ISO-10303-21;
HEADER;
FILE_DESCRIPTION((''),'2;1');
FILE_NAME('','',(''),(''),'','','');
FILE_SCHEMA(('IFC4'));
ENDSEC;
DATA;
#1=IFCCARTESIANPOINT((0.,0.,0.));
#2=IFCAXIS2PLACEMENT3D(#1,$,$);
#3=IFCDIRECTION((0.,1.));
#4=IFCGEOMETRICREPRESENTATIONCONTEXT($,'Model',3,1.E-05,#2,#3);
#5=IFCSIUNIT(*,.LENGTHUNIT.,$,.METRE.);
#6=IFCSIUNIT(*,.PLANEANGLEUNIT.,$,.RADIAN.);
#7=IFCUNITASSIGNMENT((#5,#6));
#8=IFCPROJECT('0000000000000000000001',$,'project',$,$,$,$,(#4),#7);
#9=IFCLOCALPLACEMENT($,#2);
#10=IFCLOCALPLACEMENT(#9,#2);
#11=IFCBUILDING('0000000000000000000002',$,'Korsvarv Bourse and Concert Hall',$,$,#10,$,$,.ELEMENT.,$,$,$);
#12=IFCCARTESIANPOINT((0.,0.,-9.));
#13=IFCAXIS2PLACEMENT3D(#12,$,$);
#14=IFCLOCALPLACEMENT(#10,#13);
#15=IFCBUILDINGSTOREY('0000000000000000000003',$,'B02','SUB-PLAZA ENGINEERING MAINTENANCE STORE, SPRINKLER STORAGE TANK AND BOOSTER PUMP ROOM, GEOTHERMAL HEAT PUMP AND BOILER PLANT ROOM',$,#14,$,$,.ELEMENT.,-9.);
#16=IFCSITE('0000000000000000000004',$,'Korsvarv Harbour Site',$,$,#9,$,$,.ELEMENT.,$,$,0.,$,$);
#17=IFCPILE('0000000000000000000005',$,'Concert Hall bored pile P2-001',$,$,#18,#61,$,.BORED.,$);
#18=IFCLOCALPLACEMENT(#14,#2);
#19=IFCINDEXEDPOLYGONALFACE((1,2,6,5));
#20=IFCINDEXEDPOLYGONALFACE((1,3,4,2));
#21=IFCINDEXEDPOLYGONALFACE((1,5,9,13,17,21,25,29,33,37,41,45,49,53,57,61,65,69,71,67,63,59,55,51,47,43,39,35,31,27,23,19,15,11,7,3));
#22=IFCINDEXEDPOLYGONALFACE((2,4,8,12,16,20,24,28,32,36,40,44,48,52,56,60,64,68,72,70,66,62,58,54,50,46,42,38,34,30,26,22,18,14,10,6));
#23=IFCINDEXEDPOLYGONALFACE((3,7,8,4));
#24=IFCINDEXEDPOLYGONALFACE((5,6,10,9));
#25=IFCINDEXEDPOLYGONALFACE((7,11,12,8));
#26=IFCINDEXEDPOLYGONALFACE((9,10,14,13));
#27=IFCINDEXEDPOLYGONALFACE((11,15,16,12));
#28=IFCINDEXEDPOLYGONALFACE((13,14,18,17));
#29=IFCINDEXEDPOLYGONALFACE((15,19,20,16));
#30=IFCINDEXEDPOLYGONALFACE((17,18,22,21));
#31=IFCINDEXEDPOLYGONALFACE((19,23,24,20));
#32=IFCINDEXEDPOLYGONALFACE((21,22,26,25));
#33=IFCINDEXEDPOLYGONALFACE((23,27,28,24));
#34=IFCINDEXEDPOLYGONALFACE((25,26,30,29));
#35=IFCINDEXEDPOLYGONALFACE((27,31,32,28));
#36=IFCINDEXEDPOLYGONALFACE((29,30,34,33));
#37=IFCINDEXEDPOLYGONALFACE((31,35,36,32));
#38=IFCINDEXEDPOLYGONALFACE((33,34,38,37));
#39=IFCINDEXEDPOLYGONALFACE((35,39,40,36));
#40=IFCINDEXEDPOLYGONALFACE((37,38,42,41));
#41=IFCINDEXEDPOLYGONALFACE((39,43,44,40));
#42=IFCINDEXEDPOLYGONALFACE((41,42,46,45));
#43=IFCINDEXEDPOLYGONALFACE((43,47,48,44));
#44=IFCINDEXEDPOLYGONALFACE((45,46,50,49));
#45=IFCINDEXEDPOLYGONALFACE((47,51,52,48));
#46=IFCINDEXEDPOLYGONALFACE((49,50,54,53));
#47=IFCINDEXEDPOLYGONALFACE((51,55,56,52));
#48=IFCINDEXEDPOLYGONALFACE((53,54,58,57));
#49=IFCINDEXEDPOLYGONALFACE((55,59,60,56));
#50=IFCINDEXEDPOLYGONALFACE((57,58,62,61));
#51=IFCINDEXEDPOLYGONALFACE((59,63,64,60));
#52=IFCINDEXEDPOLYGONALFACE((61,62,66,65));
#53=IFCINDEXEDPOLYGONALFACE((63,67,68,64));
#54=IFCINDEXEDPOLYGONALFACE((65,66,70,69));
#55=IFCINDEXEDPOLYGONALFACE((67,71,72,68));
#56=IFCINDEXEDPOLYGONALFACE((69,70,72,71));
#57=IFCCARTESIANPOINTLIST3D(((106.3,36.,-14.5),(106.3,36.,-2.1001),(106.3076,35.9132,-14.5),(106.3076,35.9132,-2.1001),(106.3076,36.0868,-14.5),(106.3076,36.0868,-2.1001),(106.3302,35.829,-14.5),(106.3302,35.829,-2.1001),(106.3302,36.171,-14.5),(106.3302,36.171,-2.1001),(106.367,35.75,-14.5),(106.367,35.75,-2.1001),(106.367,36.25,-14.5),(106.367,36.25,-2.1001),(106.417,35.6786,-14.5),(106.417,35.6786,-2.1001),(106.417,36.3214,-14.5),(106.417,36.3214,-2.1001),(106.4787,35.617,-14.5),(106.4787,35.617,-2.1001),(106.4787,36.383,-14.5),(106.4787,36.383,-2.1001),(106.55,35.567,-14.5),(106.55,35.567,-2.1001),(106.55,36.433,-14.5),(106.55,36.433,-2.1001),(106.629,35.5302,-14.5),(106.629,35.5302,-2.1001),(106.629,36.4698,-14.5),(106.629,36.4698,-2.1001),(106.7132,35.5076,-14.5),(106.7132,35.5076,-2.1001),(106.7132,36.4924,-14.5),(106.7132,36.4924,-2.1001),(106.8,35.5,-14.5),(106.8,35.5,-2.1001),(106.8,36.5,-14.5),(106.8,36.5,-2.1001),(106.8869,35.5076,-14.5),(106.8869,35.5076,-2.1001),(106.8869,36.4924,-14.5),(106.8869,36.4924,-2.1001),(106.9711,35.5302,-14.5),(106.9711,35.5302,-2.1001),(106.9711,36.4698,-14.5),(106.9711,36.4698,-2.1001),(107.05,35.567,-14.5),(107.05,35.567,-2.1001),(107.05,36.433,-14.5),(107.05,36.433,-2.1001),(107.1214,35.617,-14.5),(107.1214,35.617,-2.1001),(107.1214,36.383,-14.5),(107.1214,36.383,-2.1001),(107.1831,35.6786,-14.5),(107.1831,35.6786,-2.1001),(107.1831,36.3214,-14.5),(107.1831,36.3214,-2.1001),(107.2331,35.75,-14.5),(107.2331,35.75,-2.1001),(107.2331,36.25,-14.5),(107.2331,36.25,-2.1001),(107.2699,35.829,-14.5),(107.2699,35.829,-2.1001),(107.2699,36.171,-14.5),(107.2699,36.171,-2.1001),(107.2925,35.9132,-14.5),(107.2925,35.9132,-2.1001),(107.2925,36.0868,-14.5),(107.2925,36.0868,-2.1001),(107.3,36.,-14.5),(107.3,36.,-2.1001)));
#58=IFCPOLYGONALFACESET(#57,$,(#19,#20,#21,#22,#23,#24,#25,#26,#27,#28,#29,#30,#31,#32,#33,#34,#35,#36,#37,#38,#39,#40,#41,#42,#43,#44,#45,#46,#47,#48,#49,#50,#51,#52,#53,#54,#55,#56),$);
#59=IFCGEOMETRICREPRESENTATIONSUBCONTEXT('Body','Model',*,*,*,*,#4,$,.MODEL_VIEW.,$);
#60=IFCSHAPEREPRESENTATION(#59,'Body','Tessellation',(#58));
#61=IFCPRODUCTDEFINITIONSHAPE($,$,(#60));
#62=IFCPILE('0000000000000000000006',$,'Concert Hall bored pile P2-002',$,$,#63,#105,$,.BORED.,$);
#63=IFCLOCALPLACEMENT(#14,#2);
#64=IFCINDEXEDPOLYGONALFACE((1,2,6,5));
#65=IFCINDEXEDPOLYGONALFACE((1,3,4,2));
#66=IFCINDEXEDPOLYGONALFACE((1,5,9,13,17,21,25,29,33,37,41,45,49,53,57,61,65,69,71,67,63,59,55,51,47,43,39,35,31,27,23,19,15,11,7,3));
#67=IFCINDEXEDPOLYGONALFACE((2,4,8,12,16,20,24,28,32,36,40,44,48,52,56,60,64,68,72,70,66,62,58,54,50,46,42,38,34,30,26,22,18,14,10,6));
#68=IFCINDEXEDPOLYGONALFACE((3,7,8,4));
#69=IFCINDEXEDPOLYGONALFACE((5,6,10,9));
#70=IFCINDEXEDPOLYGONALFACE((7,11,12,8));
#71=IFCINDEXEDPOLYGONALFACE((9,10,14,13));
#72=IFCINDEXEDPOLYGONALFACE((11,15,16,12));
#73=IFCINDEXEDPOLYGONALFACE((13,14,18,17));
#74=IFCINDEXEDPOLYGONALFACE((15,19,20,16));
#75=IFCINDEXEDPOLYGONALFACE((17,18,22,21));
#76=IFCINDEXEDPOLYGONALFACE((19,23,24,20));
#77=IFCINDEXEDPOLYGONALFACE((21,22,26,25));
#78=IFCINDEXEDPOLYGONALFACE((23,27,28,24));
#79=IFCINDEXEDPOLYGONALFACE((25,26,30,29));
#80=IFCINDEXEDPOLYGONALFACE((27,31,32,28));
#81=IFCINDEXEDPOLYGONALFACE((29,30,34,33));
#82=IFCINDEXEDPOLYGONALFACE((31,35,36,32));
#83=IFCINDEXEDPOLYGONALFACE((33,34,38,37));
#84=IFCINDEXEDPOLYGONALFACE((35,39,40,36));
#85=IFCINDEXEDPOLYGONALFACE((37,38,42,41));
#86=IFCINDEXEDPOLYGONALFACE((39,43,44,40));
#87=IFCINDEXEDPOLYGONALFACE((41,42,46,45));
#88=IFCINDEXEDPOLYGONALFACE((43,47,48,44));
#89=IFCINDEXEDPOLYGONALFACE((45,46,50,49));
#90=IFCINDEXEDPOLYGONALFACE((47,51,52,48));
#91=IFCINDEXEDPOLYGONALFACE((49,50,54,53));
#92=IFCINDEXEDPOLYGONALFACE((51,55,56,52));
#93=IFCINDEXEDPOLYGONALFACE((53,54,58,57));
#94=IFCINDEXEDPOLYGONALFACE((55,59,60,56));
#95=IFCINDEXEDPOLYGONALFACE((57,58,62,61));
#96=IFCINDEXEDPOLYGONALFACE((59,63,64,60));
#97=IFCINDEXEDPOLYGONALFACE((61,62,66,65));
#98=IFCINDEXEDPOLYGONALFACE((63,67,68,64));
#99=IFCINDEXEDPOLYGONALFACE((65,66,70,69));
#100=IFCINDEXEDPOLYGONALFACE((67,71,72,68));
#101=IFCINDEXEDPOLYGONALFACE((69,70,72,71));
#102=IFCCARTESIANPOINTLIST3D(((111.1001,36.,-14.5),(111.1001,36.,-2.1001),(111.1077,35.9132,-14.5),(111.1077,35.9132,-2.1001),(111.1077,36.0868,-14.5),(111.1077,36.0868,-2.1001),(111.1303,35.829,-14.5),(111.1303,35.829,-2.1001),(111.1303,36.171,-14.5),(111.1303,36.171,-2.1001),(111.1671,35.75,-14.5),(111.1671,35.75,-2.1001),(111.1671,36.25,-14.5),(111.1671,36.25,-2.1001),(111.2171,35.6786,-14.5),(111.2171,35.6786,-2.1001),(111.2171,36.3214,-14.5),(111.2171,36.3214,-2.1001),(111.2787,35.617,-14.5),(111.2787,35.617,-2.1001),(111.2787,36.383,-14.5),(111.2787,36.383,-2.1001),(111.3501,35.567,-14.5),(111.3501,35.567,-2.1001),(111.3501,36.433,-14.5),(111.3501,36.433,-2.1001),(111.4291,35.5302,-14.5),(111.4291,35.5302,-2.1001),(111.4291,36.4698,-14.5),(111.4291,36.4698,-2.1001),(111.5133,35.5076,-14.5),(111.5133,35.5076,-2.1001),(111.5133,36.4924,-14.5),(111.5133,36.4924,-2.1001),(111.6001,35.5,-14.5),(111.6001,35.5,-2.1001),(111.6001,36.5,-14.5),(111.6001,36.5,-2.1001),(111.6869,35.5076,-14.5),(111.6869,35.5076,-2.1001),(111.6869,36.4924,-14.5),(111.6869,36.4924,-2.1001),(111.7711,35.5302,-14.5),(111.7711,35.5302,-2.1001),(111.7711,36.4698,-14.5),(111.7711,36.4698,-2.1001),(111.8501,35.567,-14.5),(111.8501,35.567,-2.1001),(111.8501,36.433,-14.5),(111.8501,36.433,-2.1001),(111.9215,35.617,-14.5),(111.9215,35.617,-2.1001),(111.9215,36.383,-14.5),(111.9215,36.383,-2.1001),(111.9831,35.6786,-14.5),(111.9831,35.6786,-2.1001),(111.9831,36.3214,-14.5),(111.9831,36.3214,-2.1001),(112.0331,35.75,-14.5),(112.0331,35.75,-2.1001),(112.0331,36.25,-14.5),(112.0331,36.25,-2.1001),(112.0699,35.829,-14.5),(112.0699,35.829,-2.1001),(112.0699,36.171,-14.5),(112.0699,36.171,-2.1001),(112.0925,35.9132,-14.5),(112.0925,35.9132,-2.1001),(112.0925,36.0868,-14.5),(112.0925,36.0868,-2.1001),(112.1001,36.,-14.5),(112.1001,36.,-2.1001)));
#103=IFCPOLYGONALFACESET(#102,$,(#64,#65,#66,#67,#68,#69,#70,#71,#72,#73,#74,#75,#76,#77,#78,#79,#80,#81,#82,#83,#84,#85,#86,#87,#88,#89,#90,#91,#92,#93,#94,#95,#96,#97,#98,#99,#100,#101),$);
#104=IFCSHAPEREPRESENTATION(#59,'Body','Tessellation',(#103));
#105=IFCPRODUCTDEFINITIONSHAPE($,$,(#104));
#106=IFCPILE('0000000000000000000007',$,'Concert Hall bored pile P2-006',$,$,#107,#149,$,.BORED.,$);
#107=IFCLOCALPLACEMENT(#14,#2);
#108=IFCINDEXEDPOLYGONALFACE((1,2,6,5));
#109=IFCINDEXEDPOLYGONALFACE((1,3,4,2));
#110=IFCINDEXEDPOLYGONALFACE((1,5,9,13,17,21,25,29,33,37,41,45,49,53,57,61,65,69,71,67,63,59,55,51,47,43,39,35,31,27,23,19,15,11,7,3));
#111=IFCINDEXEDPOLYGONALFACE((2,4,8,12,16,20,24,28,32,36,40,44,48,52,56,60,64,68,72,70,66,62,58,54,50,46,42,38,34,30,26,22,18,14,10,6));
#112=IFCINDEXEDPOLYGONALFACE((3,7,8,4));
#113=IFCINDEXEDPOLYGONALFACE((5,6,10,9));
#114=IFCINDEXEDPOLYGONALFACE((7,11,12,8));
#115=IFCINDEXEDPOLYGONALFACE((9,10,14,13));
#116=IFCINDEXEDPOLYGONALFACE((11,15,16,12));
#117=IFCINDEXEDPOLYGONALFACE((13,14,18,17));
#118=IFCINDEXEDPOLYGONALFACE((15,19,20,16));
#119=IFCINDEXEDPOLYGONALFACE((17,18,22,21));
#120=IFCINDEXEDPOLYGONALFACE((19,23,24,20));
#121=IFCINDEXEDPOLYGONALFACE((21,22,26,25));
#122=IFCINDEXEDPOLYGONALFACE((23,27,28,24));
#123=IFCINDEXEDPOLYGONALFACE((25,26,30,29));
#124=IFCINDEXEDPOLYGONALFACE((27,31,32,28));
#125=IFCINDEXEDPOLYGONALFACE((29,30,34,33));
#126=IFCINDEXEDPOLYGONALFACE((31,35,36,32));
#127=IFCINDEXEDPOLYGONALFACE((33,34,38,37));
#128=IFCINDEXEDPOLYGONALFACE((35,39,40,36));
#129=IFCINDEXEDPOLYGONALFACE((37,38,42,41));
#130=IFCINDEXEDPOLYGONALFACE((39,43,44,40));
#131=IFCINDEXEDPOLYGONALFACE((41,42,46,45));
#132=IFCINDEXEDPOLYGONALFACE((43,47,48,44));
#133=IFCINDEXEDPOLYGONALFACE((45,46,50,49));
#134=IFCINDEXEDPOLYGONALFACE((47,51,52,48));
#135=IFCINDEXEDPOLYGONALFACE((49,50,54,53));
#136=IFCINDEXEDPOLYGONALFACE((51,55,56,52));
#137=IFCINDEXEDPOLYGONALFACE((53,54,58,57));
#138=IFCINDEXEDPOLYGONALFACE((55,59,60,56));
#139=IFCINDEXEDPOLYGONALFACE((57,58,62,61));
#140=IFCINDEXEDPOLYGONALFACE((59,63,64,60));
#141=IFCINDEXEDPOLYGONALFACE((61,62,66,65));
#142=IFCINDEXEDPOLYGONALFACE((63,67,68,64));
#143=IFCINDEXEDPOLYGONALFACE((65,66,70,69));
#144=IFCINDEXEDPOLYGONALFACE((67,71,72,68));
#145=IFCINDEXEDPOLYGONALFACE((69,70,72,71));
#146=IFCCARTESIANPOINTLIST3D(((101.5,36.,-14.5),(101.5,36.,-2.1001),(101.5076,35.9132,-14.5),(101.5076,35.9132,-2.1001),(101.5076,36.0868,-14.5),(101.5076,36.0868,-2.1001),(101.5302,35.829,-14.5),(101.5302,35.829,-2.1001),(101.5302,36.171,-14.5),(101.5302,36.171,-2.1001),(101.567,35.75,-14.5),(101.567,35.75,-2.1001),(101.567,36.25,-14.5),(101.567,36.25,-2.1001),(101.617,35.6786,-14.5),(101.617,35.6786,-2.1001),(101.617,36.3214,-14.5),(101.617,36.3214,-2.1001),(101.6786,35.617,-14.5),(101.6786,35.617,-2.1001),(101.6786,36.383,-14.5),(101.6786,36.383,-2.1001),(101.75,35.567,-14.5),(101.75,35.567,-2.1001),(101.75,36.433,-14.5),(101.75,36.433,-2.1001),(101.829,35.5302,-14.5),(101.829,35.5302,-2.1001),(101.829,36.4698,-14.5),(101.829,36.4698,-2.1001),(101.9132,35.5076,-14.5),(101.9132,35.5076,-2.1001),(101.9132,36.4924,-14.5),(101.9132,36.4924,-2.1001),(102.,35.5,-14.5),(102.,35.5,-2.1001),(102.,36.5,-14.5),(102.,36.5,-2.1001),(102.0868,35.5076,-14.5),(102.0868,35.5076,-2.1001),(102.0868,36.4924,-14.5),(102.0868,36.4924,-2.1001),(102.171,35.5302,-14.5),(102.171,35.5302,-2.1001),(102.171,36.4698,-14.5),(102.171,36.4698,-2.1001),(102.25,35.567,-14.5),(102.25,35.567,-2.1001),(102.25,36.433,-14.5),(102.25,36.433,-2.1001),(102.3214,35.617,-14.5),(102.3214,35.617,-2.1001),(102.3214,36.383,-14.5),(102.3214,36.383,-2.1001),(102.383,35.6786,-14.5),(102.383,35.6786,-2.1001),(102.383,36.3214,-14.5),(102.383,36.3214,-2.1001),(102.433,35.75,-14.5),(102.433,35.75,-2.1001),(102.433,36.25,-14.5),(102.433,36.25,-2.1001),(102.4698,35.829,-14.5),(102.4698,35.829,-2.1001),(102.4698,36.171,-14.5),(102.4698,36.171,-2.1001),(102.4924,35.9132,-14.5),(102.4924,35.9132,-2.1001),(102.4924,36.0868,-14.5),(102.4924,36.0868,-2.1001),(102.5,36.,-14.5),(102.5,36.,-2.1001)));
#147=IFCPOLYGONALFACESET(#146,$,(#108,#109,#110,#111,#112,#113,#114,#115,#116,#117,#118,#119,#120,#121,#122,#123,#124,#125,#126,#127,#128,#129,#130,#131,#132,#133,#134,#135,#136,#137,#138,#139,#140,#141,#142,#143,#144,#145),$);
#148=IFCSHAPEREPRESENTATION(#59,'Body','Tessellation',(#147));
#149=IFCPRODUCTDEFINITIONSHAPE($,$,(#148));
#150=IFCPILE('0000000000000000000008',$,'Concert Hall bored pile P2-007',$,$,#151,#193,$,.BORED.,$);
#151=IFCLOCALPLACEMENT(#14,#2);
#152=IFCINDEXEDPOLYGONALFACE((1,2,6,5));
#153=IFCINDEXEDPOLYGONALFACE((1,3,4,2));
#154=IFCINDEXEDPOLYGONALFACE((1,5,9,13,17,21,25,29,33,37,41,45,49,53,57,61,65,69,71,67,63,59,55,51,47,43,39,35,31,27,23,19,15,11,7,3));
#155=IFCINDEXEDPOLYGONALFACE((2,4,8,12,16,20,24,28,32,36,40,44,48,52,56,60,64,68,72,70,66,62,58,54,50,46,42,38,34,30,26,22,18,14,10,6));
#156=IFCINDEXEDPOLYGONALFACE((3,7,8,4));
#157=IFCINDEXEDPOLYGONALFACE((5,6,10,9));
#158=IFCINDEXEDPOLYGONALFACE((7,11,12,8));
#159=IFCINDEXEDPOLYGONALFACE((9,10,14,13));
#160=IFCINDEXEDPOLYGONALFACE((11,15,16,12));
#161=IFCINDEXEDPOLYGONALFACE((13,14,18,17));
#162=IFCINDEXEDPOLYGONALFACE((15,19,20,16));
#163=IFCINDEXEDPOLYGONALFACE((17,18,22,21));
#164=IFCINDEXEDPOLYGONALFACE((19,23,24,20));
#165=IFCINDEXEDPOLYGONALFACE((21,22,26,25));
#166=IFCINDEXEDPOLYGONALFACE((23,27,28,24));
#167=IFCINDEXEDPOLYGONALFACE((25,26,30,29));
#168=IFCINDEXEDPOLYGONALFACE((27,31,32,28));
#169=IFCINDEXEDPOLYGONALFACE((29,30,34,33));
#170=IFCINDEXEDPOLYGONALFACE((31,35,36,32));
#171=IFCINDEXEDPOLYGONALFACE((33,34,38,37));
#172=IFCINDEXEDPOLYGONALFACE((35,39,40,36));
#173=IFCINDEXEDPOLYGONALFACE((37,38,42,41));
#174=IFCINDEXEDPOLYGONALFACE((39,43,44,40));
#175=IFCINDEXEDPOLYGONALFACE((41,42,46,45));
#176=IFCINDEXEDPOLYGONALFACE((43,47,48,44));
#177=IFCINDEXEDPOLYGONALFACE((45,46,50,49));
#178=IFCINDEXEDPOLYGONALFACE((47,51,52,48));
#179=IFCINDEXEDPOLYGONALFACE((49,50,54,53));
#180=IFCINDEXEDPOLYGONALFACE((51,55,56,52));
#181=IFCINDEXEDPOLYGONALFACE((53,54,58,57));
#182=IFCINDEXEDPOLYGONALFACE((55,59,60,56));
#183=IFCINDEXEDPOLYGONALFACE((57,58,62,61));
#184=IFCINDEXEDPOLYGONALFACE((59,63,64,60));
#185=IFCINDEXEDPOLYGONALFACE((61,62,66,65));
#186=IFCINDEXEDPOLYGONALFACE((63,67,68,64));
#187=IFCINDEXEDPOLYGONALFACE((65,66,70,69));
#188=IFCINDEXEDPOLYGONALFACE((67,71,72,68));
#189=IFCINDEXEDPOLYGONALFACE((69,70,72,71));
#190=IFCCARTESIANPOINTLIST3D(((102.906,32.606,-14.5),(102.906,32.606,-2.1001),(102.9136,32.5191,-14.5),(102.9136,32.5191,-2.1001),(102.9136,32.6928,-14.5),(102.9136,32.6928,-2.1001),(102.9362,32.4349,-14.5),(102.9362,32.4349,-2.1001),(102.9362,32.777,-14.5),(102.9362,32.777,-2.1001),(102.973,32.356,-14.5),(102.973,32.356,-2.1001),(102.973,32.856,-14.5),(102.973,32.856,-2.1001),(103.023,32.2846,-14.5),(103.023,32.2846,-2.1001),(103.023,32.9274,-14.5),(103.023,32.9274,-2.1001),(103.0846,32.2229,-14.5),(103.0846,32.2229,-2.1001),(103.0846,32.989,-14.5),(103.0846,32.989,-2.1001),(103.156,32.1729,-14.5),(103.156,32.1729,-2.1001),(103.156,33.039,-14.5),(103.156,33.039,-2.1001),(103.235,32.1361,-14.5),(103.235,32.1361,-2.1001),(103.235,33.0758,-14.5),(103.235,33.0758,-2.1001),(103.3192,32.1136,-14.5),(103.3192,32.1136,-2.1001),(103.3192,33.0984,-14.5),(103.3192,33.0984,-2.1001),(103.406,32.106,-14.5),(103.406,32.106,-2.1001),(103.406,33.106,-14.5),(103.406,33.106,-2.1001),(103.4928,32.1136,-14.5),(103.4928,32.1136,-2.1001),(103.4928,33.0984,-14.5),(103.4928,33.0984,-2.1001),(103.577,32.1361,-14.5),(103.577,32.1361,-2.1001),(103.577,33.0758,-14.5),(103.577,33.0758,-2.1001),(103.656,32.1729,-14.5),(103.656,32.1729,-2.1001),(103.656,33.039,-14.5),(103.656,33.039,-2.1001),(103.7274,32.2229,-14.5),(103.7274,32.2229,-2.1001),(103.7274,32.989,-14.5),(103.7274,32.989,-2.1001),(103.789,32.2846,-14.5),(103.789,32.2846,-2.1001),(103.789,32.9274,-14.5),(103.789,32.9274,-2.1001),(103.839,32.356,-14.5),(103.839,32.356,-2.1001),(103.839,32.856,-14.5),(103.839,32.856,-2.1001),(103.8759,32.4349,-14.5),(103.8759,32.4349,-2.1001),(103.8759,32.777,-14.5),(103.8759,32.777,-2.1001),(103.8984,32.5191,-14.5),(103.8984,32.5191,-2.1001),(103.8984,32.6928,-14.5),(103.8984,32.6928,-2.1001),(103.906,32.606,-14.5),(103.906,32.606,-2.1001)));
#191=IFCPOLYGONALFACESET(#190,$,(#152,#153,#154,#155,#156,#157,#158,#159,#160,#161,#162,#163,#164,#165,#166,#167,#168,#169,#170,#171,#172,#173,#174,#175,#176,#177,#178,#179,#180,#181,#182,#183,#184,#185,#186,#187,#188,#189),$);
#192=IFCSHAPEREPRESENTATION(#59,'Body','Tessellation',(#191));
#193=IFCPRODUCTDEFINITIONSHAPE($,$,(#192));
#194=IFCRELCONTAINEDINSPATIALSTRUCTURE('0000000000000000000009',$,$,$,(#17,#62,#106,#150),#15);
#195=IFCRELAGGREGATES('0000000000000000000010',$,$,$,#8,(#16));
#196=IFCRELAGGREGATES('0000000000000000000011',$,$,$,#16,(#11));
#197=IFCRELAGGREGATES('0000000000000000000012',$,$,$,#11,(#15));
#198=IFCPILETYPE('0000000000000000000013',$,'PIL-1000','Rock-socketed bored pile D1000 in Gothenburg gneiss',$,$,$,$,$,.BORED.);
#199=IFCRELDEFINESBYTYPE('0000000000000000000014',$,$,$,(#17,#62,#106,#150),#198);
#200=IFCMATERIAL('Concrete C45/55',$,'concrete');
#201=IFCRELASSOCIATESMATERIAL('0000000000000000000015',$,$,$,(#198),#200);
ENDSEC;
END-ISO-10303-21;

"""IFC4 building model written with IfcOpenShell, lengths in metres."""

from ifc_helpers import new_model, si_unit, direction, frame, origin, origin_2d, place, context, subcontext, project, spatial, circle, extrude, source, transform, mapped, material, material_profile, profile_set, type_object, element, save


model = new_model("IFC4")

# Units and contexts
model_context = context("Model", 3, precision=1e-05, world=origin(), true_north=direction((0.0, 1.0)))
body_context = subcontext(model_context, "Body", "Model", "MODEL_VIEW")
ifc_project = project(units=[si_unit("LENGTHUNIT", "METRE"), si_unit("PLANEANGLEUNIT", "RADIAN")], contexts=[model_context])

# Site, building, storey
site_placement = place(None, origin())
site = spatial("IfcSite", under=ifc_project, at=site_placement, Name="Korsvarv Harbour Site", CompositionType="ELEMENT", RefElevation=0.0)
building_placement = place(site_placement, origin())
building = spatial("IfcBuilding", under=site, at=building_placement, Name="Korsvarv Bourse and Concert Hall", CompositionType="ELEMENT")
storey_placement = place(building_placement, frame((0.0, 0.0, -9.0)))
storey = spatial("IfcBuildingStorey", under=building, at=storey_placement, Name="B02", Description="SUB-PLAZA ENGINEERING MAINTENANCE STORE, SPRINKLER STORAGE TANK AND BOOSTER PUMP ROOM, GEOTHERMAL HEAT PUMP AND BOILER PLANT ROOM", CompositionType="ELEMENT", Elevation=-9.0)

# Piles
ifc_material_1 = material(Name="Concrete C45/55", Category="concrete")
ifc_material_profile_1 = material_profile(ifc_material_1, circle(Radius=0.5, at=origin_2d()), Name="PILE D1000")
ifc_profile_set_1 = profile_set([ifc_material_profile_1], Name="Concrete C45/55")
pile_type = type_object("IfcPileType", Name="PIL-1000", Description="Rock-socketed bored pile D1000 in Gothenburg gneiss", PredefinedType="BORED", material=ifc_profile_set_1)
shared_shape_1 = source(origin(), body_context, "Body", "SweptSolid", [
    extrude(circle(Radius=0.5, at=origin_2d()), origin(), (0.0, 0.0, 1.0), 12.3999),
])
for number, where, z_axis, x_axis, name in (
    (1, (106.8, 36.0, -2.1001), (0.0, 0.0, -1.0), (1.0, 0.0, 0.0), "Concert Hall bored pile P2-001"),
    (2, (111.6001, 36.0, -2.1001), (0.0, 0.0, -1.0), (1.0, 0.0, 0.0), "Concert Hall bored pile P2-002"),
    (3, (102.0, 36.0, -2.1001), (0.0, 0.0, -1.0), (1.0, 0.0, 0.0), "Concert Hall bored pile P2-006"),
    (4, (103.406, 32.606, -2.1001), (0.0, 0.0, -1.0), (1.0, 0.0, 0.0), "Concert Hall bored pile P2-007"),
):
    element("IfcPile", number, at=place(storey_placement, frame(where, z_axis=z_axis, x_axis=x_axis)), inside=storey, type_object=pile_type, Name=name, PredefinedType="BORED", context=body_context, shape_type="MappedRepresentation", body=[
        mapped(shared_shape_1, transform((0.0, 0.0, 0.0), scale=1.0)),
    ])

save(model, "model.ifc")
